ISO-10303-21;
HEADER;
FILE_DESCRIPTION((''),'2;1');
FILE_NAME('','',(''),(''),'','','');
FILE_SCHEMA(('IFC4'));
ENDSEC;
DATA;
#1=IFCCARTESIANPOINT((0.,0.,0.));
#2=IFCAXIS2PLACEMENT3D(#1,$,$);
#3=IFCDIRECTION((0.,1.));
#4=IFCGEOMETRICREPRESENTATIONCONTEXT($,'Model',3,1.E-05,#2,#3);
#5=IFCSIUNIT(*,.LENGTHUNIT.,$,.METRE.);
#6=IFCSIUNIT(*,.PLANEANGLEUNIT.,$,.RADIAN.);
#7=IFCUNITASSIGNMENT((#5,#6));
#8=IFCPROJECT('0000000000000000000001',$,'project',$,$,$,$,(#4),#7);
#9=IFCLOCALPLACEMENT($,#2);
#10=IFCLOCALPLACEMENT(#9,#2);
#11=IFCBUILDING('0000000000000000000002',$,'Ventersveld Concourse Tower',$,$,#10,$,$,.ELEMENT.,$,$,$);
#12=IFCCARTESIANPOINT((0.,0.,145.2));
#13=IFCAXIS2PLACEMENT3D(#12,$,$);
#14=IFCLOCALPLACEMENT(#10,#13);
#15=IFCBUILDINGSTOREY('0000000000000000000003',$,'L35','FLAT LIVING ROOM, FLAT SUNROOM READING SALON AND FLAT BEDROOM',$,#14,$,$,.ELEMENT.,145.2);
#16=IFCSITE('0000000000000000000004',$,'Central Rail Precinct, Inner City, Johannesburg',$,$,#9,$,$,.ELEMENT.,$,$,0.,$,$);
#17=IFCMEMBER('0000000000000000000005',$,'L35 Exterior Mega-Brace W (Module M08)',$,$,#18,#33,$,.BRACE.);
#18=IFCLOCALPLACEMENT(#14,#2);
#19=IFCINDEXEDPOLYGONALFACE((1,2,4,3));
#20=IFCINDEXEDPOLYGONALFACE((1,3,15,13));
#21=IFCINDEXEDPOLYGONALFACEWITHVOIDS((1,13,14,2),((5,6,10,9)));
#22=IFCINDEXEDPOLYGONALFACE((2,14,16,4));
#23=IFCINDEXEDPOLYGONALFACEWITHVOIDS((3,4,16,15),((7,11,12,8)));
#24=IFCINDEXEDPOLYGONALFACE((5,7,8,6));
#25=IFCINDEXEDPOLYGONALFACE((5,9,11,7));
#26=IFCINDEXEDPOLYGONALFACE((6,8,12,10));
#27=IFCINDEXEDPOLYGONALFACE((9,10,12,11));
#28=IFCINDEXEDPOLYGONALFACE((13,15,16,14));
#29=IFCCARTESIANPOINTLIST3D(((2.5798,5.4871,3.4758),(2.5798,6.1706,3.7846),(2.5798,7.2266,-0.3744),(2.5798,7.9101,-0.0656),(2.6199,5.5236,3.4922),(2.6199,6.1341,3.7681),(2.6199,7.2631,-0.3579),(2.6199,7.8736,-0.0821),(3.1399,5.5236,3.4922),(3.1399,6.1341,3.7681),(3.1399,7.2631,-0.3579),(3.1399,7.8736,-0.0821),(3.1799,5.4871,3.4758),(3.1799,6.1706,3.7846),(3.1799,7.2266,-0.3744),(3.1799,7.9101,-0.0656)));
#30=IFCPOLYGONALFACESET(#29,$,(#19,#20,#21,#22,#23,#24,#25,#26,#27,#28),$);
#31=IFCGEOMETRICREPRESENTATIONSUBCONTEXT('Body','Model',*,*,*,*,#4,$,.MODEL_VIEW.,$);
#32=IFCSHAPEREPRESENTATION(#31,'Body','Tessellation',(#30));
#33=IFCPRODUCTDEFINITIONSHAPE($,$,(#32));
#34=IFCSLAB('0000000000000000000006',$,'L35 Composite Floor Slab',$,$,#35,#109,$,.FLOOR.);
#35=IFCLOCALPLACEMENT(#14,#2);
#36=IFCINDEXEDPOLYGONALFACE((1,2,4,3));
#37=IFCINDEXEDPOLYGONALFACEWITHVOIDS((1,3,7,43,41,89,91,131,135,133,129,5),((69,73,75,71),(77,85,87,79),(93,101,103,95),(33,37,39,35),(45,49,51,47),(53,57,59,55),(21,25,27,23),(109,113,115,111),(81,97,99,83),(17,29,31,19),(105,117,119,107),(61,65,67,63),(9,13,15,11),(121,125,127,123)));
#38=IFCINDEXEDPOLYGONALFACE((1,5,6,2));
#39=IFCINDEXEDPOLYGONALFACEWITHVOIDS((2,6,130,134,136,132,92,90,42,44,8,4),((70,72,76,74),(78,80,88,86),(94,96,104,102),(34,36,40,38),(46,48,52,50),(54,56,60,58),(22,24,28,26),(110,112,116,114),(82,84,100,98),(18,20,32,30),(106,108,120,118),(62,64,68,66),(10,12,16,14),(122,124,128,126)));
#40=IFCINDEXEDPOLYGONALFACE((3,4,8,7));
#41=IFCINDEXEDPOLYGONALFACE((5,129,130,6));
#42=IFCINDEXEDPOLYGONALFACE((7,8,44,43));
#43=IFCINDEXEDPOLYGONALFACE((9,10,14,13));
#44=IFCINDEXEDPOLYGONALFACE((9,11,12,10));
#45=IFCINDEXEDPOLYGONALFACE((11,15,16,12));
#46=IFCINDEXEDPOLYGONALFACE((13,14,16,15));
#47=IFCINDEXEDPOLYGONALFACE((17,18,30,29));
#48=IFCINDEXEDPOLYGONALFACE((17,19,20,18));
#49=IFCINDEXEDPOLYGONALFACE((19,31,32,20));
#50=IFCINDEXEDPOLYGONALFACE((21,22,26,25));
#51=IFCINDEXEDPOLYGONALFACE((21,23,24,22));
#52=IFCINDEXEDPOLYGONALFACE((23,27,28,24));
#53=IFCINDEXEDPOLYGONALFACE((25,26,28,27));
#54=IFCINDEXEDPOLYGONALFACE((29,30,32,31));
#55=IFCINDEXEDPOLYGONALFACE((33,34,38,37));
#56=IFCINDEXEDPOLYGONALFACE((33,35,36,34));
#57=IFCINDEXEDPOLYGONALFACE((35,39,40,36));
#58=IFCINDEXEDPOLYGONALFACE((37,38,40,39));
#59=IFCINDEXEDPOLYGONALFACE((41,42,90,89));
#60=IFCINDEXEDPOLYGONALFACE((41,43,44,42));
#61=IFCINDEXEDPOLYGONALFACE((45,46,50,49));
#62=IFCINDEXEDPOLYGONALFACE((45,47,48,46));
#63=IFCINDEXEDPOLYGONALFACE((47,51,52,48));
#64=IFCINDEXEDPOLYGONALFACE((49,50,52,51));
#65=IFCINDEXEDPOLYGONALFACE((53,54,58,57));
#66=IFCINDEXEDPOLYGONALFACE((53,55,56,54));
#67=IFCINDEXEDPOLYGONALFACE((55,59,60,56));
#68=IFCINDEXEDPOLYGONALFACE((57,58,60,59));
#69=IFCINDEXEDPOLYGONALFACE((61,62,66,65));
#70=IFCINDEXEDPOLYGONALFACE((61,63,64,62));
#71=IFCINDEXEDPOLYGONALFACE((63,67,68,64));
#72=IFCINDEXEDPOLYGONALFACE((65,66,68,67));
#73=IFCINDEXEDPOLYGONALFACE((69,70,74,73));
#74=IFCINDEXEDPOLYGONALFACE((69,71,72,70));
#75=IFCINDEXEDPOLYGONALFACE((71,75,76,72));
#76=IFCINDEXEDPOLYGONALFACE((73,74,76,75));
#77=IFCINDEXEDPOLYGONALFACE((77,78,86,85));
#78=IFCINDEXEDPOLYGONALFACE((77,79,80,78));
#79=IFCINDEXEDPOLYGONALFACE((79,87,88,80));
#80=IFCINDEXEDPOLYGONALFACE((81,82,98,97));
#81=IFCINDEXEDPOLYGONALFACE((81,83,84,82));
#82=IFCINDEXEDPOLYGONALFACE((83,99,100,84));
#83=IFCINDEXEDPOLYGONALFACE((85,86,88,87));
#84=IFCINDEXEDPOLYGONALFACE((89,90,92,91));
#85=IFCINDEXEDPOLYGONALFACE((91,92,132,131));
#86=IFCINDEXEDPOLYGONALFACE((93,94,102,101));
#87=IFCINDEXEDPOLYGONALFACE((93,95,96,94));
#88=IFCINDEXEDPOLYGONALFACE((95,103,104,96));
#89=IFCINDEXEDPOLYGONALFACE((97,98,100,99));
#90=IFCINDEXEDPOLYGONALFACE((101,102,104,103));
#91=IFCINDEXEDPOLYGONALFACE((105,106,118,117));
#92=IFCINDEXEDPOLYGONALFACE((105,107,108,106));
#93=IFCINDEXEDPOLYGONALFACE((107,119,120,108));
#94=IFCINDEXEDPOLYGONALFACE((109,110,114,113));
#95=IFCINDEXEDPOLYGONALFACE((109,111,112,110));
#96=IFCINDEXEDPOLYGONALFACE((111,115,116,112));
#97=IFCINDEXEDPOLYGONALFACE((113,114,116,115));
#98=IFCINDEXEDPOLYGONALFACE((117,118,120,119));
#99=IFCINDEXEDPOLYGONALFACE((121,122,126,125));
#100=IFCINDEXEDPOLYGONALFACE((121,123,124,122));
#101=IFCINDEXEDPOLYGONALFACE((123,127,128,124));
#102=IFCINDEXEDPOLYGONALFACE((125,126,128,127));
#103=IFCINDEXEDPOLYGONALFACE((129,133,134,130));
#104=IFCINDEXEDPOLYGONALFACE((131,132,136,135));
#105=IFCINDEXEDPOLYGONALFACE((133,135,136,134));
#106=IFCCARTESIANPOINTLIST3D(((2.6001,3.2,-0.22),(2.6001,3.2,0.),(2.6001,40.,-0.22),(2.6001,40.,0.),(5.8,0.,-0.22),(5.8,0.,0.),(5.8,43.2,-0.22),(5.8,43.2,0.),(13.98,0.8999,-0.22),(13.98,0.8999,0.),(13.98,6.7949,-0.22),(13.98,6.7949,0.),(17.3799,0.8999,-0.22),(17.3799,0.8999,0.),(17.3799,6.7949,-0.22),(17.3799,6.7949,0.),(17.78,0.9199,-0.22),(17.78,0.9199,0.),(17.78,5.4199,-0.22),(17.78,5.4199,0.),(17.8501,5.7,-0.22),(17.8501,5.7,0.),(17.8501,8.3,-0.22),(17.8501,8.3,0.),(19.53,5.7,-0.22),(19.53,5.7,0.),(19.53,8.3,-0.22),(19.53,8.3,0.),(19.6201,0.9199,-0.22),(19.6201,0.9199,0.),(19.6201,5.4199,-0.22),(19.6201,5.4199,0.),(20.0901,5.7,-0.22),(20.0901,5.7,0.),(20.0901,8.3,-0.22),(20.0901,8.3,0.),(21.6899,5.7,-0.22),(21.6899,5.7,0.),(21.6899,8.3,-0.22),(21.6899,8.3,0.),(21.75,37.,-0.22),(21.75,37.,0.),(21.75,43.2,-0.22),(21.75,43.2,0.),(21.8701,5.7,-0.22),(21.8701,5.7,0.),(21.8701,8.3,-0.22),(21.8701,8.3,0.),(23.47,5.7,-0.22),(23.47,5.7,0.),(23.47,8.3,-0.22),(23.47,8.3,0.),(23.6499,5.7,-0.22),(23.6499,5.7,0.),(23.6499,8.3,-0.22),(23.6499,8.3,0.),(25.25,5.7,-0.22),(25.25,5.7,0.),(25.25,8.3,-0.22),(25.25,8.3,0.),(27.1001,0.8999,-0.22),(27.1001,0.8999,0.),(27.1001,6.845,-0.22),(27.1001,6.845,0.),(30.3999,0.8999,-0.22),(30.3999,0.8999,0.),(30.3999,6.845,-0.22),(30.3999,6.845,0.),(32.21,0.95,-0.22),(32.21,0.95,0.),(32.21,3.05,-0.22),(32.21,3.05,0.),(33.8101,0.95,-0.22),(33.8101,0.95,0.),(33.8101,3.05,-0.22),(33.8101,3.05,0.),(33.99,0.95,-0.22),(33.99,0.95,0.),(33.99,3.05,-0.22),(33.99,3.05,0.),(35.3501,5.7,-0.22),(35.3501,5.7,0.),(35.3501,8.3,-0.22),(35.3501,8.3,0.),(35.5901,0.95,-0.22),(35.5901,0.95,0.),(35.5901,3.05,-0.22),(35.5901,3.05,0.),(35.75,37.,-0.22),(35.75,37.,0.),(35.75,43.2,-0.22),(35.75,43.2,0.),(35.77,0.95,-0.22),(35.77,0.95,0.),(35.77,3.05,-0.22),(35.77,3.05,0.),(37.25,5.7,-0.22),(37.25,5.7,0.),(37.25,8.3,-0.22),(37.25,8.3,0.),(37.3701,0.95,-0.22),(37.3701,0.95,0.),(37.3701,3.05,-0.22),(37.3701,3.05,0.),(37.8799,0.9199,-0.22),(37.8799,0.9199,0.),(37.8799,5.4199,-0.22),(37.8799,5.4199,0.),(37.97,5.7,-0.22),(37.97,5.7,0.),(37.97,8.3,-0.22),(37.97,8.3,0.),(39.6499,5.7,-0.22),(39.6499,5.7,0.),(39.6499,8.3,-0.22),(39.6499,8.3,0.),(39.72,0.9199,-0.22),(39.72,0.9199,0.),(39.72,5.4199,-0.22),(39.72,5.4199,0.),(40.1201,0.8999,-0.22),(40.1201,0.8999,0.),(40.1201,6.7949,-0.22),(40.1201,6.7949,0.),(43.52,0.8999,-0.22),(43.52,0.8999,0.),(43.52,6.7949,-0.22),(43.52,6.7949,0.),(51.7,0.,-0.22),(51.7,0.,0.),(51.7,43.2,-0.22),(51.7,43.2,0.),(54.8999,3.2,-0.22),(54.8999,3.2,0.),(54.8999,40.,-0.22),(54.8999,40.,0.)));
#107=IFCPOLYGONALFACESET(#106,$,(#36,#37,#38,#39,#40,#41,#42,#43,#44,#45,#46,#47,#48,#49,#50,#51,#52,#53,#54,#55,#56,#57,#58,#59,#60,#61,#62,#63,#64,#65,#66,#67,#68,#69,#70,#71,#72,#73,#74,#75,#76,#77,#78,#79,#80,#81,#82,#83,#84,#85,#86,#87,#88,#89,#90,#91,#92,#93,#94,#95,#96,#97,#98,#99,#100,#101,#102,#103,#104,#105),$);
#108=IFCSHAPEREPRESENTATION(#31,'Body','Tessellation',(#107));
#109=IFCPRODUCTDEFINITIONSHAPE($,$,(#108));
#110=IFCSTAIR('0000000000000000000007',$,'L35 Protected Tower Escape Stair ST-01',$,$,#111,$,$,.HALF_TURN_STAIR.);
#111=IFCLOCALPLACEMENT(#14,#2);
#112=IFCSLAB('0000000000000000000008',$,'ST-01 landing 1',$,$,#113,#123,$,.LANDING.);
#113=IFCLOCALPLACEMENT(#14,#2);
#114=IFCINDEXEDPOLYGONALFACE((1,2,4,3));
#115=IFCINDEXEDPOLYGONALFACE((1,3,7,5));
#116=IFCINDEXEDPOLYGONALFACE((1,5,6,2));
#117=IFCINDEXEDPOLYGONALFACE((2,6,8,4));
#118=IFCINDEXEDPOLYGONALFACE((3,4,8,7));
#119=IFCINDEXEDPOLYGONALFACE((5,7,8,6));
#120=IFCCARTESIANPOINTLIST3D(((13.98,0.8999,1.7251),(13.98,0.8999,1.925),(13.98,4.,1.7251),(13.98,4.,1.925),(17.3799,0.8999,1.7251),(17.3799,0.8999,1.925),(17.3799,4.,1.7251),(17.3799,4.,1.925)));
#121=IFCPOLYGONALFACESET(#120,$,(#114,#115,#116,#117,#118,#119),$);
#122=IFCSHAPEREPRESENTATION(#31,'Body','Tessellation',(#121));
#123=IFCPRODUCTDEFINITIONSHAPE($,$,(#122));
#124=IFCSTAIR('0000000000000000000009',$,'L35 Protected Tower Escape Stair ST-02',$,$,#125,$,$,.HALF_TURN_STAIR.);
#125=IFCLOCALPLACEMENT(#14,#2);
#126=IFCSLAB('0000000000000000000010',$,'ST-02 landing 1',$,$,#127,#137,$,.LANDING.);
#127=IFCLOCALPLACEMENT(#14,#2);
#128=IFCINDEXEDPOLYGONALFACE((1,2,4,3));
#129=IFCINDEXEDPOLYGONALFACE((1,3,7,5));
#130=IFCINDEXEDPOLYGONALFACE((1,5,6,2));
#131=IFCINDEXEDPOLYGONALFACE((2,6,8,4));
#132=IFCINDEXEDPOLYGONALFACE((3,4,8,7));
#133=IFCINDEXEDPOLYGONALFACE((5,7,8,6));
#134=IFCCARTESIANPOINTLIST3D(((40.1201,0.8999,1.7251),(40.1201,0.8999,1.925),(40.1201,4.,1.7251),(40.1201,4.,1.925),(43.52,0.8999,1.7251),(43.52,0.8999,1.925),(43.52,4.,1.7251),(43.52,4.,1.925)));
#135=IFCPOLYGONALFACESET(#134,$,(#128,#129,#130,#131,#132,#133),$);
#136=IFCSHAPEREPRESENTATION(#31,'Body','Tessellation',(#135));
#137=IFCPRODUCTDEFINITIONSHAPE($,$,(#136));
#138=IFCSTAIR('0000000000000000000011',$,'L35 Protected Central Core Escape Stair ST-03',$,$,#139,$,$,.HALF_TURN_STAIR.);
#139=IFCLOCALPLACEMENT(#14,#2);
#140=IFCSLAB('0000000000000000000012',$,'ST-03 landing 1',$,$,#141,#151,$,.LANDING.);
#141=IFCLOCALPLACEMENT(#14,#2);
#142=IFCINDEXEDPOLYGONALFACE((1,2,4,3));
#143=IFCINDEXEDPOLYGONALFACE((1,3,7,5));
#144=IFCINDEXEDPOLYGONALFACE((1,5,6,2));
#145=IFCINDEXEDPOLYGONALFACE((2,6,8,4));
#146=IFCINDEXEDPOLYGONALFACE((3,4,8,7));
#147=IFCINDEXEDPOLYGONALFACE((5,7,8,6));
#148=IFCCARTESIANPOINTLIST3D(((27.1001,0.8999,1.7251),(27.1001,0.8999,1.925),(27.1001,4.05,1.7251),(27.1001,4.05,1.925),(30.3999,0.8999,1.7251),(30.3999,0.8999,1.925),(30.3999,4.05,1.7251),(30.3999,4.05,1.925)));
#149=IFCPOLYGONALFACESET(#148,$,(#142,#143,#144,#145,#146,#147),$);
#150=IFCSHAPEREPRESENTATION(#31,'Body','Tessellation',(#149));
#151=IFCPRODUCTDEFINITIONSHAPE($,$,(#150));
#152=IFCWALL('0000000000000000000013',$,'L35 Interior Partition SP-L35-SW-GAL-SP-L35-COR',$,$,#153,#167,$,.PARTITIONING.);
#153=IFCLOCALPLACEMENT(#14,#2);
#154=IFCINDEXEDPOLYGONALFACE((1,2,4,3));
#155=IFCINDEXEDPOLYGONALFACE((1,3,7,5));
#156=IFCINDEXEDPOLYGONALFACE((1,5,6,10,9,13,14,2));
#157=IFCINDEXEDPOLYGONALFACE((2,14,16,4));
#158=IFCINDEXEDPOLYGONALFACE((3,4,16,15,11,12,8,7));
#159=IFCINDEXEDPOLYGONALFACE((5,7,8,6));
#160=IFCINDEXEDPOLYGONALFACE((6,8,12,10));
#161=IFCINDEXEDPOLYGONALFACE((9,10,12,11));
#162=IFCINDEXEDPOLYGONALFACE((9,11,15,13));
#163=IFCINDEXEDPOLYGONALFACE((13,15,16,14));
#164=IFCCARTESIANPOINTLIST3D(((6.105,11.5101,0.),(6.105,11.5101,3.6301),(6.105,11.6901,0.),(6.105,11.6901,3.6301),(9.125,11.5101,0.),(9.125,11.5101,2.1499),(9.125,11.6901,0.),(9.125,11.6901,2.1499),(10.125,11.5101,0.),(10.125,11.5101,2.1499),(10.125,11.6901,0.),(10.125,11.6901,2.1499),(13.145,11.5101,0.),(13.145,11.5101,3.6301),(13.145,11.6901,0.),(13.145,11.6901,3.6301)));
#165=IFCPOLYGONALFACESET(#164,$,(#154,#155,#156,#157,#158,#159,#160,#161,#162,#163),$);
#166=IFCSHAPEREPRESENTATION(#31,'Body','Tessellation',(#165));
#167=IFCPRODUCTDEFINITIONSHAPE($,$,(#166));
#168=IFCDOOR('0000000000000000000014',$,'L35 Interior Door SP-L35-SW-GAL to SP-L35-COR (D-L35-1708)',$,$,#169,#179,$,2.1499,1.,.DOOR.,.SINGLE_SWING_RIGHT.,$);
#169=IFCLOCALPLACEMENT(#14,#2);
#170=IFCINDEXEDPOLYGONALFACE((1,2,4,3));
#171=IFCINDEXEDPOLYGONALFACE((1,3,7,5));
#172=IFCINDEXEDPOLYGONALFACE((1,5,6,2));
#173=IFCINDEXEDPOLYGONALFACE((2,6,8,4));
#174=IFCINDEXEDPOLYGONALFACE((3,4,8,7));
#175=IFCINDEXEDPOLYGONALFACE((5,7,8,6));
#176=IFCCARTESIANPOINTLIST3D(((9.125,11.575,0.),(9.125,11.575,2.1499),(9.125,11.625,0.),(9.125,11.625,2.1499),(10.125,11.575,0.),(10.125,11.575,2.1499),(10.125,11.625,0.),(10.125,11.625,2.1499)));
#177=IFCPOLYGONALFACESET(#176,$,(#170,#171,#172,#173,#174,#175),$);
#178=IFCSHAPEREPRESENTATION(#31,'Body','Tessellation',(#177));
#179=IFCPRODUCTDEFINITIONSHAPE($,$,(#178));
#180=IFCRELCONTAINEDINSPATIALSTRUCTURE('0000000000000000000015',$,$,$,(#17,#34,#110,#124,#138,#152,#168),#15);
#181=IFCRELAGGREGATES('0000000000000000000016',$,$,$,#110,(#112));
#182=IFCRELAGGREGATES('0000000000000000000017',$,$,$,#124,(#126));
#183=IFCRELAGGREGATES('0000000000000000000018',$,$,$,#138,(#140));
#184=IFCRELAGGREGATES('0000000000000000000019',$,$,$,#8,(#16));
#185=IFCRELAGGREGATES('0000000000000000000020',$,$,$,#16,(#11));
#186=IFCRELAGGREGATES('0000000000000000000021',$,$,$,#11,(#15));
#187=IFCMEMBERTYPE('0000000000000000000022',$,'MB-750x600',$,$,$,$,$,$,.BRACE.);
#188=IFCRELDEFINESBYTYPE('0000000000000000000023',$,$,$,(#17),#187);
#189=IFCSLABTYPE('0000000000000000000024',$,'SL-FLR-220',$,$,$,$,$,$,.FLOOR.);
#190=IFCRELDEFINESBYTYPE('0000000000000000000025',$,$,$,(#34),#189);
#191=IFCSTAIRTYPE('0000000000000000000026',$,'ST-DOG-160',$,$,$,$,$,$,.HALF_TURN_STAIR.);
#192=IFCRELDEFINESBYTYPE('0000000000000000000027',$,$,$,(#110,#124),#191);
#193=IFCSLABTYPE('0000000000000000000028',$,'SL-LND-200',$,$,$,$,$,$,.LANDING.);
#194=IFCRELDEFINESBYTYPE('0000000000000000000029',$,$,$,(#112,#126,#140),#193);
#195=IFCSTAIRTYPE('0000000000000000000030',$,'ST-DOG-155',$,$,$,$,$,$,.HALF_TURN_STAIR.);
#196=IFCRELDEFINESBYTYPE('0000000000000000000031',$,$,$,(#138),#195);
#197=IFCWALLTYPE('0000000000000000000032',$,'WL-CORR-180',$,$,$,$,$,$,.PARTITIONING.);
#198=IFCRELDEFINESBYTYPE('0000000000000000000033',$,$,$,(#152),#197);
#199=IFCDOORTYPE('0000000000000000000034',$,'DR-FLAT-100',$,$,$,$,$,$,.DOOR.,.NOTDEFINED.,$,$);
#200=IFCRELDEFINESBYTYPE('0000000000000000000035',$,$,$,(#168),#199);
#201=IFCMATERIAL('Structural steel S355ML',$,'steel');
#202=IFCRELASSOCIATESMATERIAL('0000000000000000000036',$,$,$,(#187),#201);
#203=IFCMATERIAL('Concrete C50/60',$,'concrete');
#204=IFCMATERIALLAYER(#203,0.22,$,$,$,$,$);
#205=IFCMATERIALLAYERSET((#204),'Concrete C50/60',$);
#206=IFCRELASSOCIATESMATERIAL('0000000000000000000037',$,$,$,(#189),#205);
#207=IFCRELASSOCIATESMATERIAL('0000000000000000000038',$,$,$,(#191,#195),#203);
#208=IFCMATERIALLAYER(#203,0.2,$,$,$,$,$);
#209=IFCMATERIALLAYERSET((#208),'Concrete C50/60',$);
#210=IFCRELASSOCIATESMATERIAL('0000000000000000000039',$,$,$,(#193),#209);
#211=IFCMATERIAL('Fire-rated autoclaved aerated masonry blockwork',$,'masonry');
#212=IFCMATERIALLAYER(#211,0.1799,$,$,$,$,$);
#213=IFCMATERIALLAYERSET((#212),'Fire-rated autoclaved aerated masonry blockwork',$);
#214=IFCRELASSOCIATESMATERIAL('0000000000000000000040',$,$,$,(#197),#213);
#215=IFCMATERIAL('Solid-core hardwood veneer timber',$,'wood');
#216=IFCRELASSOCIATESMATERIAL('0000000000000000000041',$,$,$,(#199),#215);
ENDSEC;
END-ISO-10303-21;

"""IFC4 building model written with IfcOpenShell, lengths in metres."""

from ifc_helpers import new_model, si_unit, direction, frame, frame_2d, origin, origin_2d, place, context, subcontext, project, spatial, polyline, rectangle, hollow_rectangle, outline, extrude, material, layer, layer_set, material_profile, profile_set, type_object, element, fill, aggregate, save


model = new_model("IFC4")

# Units and contexts
model_context = context("Model", 3, precision=1e-05, world=origin(), true_north=direction((0.0, 1.0)))
body_context = subcontext(model_context, "Body", "Model", "MODEL_VIEW")
ifc_project = project(units=[si_unit("LENGTHUNIT", "METRE"), si_unit("PLANEANGLEUNIT", "RADIAN")], contexts=[model_context])

# Site, building, storey
site_placement = place(None, origin())
site = spatial("IfcSite", under=ifc_project, at=site_placement, Name="Central Rail Precinct, Inner City, Johannesburg", CompositionType="ELEMENT", RefElevation=0.0)
building_placement = place(site_placement, origin())
building = spatial("IfcBuilding", under=site, at=building_placement, Name="Ventersveld Concourse Tower", CompositionType="ELEMENT")
storey_placement = place(building_placement, frame((0.0, 0.0, 145.2)))
storey = spatial("IfcBuildingStorey", under=building, at=storey_placement, Name="L35", Description="FLAT LIVING ROOM, FLAT SUNROOM READING SALON AND FLAT BEDROOM", CompositionType="ELEMENT", Elevation=145.2)

# Member
ifc_material_1 = material(Name="Structural steel S355ML", Category="steel")
ifc_material_profile = material_profile(ifc_material_1, hollow_rectangle(XDim=0.6001, YDim=0.75, WallThickness=0.04, at=origin_2d()), Name="BOX 750x600x40")
ifc_profile_set = profile_set([ifc_material_profile], Name="Structural steel S355ML")
member_type = type_object("IfcMemberType", Name="MB-750x600", PredefinedType="BRACE", material=ifc_profile_set)
member_placement = place(storey_placement, frame((2.8799, 7.5684, -0.22), z_axis=(0.0, -0.411734, 0.911304), x_axis=(1.0, 0.0, 0.0)))
element("IfcMember", 1, at=member_placement, inside=storey, type_object=member_type, Name="L35 Exterior Mega-Brace W (Module M08)", PredefinedType="BRACE", context=body_context, shape_type="SweptSolid", body=[
    extrude(hollow_rectangle(XDim=0.6001, YDim=0.75, WallThickness=0.04, at=origin_2d()), origin(), (0.0, 0.0, 1.0), 4.2249),
])

# Slab
ifc_material_2 = material(Name="Concrete C50/60", Category="concrete")
ifc_layer_1 = layer(ifc_material_2, 0.22)
ifc_layer_set_1 = layer_set([ifc_layer_1], Name="Concrete C50/60")
slab_type_1 = type_object("IfcSlabType", Name="SL-FLR-220", PredefinedType="FLOOR", material=ifc_layer_set_1)
slab_1_placement = place(storey_placement, frame((0.0, 0.0, -0.22)))
element("IfcSlab", 2, at=slab_1_placement, inside=storey, type_object=slab_type_1, Name="L35 Composite Floor Slab", PredefinedType="FLOOR", context=body_context, shape_type="SweptSolid", body=[
    extrude(outline(polyline([(5.8, 0.0), (51.7, 0.0), (54.8999, 3.2), (54.8999, 40.0), (51.7, 43.2), (35.75, 43.2), (35.75, 37.0), (21.75, 37.0), (21.75, 43.2), (5.8, 43.2), (2.6001, 40.0), (2.6001, 3.2), (5.8, 0.0)]), holes=[polyline([(13.98, 6.7949), (13.98, 0.8999), (17.3799, 0.8999), (17.3799, 6.7949), (13.98, 6.7949)]), polyline([(40.1201, 6.7949), (40.1201, 0.8999), (43.52, 0.8999), (43.52, 6.7949), (40.1201, 6.7949)]), polyline([(27.1001, 6.845), (27.1001, 0.8999), (30.3999, 0.8999), (30.3999, 6.845), (27.1001, 6.845)]), polyline([(17.8501, 5.7), (19.53, 5.7), (19.53, 8.3), (17.8501, 8.3), (17.8501, 5.7)]), polyline([(37.97, 5.7), (39.6499, 5.7), (39.6499, 8.3), (37.97, 8.3), (37.97, 5.7)]), polyline([(35.3501, 5.7), (37.25, 5.7), (37.25, 8.3), (35.3501, 8.3), (35.3501, 5.7)]), polyline([(32.21, 0.95), (33.8101, 0.95), (33.8101, 3.05), (32.21, 3.05), (32.21, 0.95)]), polyline([(33.99, 0.95), (35.5901, 0.95), (35.5901, 3.05), (33.99, 3.05), (33.99, 0.95)]), polyline([(35.77, 0.95), (37.3701, 0.95), (37.3701, 3.05), (35.77, 3.05), (35.77, 0.95)]), polyline([(20.0901, 5.7), (21.6899, 5.7), (21.6899, 8.3), (20.0901, 8.3), (20.0901, 5.7)]), polyline([(21.8701, 5.7), (23.47, 5.7), (23.47, 8.3), (21.8701, 8.3), (21.8701, 5.7)]), polyline([(23.6499, 5.7), (25.25, 5.7), (25.25, 8.3), (23.6499, 8.3), (23.6499, 5.7)]), polyline([(17.78, 0.9199), (19.6201, 0.9199), (19.6201, 5.4199), (17.78, 5.4199), (17.78, 0.9199)]), polyline([(37.8799, 0.9199), (39.72, 0.9199), (39.72, 5.4199), (37.8799, 5.4199), (37.8799, 0.9199)])]), origin(), (0.0, 0.0, 1.0), 0.22),
])

# Stairs, slabs
stair_type_1 = type_object("IfcStairType", Name="ST-DOG-160", PredefinedType="HALF_TURN_STAIR", material=ifc_material_2)
stair_1_placement = place(storey_placement, origin())
stair_1 = element("IfcStair", 3, at=stair_1_placement, inside=storey, type_object=stair_type_1, Name="L35 Protected Tower Escape Stair ST-01", PredefinedType="HALF_TURN_STAIR")
ifc_layer_2 = layer(ifc_material_2, 0.2)
ifc_layer_set_2 = layer_set([ifc_layer_2], Name="Concrete C50/60")
slab_type_2 = type_object("IfcSlabType", Name="SL-LND-200", PredefinedType="LANDING", material=ifc_layer_set_2)
slab_2_placement = place(storey_placement, frame((0.0, 0.0, 1.7251)))
slab_2 = element("IfcSlab", 4, at=slab_2_placement, type_object=slab_type_2, Name="ST-01 landing 1", PredefinedType="LANDING", context=body_context, shape_type="SweptSolid", body=[
    extrude(outline(polyline([(13.98, 4.0), (13.98, 0.8999), (17.3799, 0.8999), (17.3799, 4.0), (13.98, 4.0)])), origin(), (0.0, 0.0, 1.0), 0.2),
])
aggregate(stair_1, [slab_2])
stair_2_placement = place(storey_placement, origin())
stair_2 = element("IfcStair", 5, at=stair_2_placement, inside=storey, type_object=stair_type_1, Name="L35 Protected Tower Escape Stair ST-02", PredefinedType="HALF_TURN_STAIR")
slab_3_placement = place(storey_placement, frame((0.0, 0.0, 1.7251)))
slab_3 = element("IfcSlab", 6, at=slab_3_placement, type_object=slab_type_2, Name="ST-02 landing 1", PredefinedType="LANDING", context=body_context, shape_type="SweptSolid", body=[
    extrude(outline(polyline([(40.1201, 4.0), (40.1201, 0.8999), (43.52, 0.8999), (43.52, 4.0), (40.1201, 4.0)])), origin(), (0.0, 0.0, 1.0), 0.2),
])
aggregate(stair_2, [slab_3])
stair_type_2 = type_object("IfcStairType", Name="ST-DOG-155", PredefinedType="HALF_TURN_STAIR", material=ifc_material_2)
stair_3_placement = place(storey_placement, origin())
stair_3 = element("IfcStair", 7, at=stair_3_placement, inside=storey, type_object=stair_type_2, Name="L35 Protected Central Core Escape Stair ST-03", PredefinedType="HALF_TURN_STAIR")
slab_4_placement = place(storey_placement, frame((0.0, 0.0, 1.7251)))
slab_4 = element("IfcSlab", 8, at=slab_4_placement, type_object=slab_type_2, Name="ST-03 landing 1", PredefinedType="LANDING", context=body_context, shape_type="SweptSolid", body=[
    extrude(outline(polyline([(27.1001, 4.05), (27.1001, 0.8999), (30.3999, 0.8999), (30.3999, 4.05), (27.1001, 4.05)])), origin(), (0.0, 0.0, 1.0), 0.2),
])
aggregate(stair_3, [slab_4])

# Wall, opening, door
ifc_material_3 = material(Name="Fire-rated autoclaved aerated masonry blockwork", Category="masonry")
ifc_layer_3 = layer(ifc_material_3, 0.1799)
ifc_layer_set_3 = layer_set([ifc_layer_3], Name="Fire-rated autoclaved aerated masonry blockwork")
wall_type_1 = type_object("IfcWallType", Name="WL-CORR-180", PredefinedType="PARTITIONING", material=ifc_layer_set_3)
wall_1_placement = place(storey_placement, frame((6.105, 11.6001, 0.0), z_axis=(0.0, 0.0, 1.0), x_axis=(1.0, 0.0, 0.0)))
wall_1 = element("IfcWall", 9, at=wall_1_placement, inside=storey, type_object=wall_type_1, Name="L35 Interior Partition SP-L35-SW-GAL-SP-L35-COR", PredefinedType="PARTITIONING", context=body_context, shape_type="SweptSolid", body=[
    extrude(rectangle(XDim=7.04, YDim=0.1799, at=frame_2d((3.52, 0.0))), origin(), (0.0, 0.0, 1.0), 3.6301),
])
opening_1_placement = place(wall_1_placement, frame((3.02, 0.0, 0.0)))
opening_1 = element("IfcOpeningElement", 10, at=opening_1_placement, cuts=wall_1, PredefinedType="OPENING", context=body_context, shape_type="SweptSolid", body=[
    extrude(rectangle(XDim=1.0, YDim=2.1499, at=frame_2d((0.5, 1.075))), frame((0.0, 0.1001, 0.0), z_axis=(0.0, -1.0, 0.0), x_axis=(1.0, 0.0, 0.0)), (0.0, 0.0, 1.0), 0.2),
])
ifc_material_4 = material(Name="Solid-core hardwood veneer timber", Category="wood")
door_type_1 = type_object("IfcDoorType", Name="DR-FLAT-100", OperationType="NOTDEFINED", PredefinedType="DOOR", material=ifc_material_4)
door_1_placement = place(opening_1_placement, origin())
door_1 = element("IfcDoor", 11, at=door_1_placement, inside=storey, type_object=door_type_1, Name="L35 Interior Door SP-L35-SW-GAL to SP-L35-COR (D-L35-1708)", OperationType="SINGLE_SWING_RIGHT", OverallHeight=2.1499, OverallWidth=1.0, PredefinedType="DOOR", context=body_context, shape_type="SweptSolid", body=[
    extrude(rectangle(XDim=1.0, YDim=2.1499, at=frame_2d((0.5, 1.075))), frame((0.0, 0.0249, 0.0), z_axis=(0.0, -1.0, 0.0), x_axis=(1.0, 0.0, 0.0)), (0.0, 0.0, 1.0), 0.05),
])
fill(opening_1, door_1)

save(model, "model.ifc")
